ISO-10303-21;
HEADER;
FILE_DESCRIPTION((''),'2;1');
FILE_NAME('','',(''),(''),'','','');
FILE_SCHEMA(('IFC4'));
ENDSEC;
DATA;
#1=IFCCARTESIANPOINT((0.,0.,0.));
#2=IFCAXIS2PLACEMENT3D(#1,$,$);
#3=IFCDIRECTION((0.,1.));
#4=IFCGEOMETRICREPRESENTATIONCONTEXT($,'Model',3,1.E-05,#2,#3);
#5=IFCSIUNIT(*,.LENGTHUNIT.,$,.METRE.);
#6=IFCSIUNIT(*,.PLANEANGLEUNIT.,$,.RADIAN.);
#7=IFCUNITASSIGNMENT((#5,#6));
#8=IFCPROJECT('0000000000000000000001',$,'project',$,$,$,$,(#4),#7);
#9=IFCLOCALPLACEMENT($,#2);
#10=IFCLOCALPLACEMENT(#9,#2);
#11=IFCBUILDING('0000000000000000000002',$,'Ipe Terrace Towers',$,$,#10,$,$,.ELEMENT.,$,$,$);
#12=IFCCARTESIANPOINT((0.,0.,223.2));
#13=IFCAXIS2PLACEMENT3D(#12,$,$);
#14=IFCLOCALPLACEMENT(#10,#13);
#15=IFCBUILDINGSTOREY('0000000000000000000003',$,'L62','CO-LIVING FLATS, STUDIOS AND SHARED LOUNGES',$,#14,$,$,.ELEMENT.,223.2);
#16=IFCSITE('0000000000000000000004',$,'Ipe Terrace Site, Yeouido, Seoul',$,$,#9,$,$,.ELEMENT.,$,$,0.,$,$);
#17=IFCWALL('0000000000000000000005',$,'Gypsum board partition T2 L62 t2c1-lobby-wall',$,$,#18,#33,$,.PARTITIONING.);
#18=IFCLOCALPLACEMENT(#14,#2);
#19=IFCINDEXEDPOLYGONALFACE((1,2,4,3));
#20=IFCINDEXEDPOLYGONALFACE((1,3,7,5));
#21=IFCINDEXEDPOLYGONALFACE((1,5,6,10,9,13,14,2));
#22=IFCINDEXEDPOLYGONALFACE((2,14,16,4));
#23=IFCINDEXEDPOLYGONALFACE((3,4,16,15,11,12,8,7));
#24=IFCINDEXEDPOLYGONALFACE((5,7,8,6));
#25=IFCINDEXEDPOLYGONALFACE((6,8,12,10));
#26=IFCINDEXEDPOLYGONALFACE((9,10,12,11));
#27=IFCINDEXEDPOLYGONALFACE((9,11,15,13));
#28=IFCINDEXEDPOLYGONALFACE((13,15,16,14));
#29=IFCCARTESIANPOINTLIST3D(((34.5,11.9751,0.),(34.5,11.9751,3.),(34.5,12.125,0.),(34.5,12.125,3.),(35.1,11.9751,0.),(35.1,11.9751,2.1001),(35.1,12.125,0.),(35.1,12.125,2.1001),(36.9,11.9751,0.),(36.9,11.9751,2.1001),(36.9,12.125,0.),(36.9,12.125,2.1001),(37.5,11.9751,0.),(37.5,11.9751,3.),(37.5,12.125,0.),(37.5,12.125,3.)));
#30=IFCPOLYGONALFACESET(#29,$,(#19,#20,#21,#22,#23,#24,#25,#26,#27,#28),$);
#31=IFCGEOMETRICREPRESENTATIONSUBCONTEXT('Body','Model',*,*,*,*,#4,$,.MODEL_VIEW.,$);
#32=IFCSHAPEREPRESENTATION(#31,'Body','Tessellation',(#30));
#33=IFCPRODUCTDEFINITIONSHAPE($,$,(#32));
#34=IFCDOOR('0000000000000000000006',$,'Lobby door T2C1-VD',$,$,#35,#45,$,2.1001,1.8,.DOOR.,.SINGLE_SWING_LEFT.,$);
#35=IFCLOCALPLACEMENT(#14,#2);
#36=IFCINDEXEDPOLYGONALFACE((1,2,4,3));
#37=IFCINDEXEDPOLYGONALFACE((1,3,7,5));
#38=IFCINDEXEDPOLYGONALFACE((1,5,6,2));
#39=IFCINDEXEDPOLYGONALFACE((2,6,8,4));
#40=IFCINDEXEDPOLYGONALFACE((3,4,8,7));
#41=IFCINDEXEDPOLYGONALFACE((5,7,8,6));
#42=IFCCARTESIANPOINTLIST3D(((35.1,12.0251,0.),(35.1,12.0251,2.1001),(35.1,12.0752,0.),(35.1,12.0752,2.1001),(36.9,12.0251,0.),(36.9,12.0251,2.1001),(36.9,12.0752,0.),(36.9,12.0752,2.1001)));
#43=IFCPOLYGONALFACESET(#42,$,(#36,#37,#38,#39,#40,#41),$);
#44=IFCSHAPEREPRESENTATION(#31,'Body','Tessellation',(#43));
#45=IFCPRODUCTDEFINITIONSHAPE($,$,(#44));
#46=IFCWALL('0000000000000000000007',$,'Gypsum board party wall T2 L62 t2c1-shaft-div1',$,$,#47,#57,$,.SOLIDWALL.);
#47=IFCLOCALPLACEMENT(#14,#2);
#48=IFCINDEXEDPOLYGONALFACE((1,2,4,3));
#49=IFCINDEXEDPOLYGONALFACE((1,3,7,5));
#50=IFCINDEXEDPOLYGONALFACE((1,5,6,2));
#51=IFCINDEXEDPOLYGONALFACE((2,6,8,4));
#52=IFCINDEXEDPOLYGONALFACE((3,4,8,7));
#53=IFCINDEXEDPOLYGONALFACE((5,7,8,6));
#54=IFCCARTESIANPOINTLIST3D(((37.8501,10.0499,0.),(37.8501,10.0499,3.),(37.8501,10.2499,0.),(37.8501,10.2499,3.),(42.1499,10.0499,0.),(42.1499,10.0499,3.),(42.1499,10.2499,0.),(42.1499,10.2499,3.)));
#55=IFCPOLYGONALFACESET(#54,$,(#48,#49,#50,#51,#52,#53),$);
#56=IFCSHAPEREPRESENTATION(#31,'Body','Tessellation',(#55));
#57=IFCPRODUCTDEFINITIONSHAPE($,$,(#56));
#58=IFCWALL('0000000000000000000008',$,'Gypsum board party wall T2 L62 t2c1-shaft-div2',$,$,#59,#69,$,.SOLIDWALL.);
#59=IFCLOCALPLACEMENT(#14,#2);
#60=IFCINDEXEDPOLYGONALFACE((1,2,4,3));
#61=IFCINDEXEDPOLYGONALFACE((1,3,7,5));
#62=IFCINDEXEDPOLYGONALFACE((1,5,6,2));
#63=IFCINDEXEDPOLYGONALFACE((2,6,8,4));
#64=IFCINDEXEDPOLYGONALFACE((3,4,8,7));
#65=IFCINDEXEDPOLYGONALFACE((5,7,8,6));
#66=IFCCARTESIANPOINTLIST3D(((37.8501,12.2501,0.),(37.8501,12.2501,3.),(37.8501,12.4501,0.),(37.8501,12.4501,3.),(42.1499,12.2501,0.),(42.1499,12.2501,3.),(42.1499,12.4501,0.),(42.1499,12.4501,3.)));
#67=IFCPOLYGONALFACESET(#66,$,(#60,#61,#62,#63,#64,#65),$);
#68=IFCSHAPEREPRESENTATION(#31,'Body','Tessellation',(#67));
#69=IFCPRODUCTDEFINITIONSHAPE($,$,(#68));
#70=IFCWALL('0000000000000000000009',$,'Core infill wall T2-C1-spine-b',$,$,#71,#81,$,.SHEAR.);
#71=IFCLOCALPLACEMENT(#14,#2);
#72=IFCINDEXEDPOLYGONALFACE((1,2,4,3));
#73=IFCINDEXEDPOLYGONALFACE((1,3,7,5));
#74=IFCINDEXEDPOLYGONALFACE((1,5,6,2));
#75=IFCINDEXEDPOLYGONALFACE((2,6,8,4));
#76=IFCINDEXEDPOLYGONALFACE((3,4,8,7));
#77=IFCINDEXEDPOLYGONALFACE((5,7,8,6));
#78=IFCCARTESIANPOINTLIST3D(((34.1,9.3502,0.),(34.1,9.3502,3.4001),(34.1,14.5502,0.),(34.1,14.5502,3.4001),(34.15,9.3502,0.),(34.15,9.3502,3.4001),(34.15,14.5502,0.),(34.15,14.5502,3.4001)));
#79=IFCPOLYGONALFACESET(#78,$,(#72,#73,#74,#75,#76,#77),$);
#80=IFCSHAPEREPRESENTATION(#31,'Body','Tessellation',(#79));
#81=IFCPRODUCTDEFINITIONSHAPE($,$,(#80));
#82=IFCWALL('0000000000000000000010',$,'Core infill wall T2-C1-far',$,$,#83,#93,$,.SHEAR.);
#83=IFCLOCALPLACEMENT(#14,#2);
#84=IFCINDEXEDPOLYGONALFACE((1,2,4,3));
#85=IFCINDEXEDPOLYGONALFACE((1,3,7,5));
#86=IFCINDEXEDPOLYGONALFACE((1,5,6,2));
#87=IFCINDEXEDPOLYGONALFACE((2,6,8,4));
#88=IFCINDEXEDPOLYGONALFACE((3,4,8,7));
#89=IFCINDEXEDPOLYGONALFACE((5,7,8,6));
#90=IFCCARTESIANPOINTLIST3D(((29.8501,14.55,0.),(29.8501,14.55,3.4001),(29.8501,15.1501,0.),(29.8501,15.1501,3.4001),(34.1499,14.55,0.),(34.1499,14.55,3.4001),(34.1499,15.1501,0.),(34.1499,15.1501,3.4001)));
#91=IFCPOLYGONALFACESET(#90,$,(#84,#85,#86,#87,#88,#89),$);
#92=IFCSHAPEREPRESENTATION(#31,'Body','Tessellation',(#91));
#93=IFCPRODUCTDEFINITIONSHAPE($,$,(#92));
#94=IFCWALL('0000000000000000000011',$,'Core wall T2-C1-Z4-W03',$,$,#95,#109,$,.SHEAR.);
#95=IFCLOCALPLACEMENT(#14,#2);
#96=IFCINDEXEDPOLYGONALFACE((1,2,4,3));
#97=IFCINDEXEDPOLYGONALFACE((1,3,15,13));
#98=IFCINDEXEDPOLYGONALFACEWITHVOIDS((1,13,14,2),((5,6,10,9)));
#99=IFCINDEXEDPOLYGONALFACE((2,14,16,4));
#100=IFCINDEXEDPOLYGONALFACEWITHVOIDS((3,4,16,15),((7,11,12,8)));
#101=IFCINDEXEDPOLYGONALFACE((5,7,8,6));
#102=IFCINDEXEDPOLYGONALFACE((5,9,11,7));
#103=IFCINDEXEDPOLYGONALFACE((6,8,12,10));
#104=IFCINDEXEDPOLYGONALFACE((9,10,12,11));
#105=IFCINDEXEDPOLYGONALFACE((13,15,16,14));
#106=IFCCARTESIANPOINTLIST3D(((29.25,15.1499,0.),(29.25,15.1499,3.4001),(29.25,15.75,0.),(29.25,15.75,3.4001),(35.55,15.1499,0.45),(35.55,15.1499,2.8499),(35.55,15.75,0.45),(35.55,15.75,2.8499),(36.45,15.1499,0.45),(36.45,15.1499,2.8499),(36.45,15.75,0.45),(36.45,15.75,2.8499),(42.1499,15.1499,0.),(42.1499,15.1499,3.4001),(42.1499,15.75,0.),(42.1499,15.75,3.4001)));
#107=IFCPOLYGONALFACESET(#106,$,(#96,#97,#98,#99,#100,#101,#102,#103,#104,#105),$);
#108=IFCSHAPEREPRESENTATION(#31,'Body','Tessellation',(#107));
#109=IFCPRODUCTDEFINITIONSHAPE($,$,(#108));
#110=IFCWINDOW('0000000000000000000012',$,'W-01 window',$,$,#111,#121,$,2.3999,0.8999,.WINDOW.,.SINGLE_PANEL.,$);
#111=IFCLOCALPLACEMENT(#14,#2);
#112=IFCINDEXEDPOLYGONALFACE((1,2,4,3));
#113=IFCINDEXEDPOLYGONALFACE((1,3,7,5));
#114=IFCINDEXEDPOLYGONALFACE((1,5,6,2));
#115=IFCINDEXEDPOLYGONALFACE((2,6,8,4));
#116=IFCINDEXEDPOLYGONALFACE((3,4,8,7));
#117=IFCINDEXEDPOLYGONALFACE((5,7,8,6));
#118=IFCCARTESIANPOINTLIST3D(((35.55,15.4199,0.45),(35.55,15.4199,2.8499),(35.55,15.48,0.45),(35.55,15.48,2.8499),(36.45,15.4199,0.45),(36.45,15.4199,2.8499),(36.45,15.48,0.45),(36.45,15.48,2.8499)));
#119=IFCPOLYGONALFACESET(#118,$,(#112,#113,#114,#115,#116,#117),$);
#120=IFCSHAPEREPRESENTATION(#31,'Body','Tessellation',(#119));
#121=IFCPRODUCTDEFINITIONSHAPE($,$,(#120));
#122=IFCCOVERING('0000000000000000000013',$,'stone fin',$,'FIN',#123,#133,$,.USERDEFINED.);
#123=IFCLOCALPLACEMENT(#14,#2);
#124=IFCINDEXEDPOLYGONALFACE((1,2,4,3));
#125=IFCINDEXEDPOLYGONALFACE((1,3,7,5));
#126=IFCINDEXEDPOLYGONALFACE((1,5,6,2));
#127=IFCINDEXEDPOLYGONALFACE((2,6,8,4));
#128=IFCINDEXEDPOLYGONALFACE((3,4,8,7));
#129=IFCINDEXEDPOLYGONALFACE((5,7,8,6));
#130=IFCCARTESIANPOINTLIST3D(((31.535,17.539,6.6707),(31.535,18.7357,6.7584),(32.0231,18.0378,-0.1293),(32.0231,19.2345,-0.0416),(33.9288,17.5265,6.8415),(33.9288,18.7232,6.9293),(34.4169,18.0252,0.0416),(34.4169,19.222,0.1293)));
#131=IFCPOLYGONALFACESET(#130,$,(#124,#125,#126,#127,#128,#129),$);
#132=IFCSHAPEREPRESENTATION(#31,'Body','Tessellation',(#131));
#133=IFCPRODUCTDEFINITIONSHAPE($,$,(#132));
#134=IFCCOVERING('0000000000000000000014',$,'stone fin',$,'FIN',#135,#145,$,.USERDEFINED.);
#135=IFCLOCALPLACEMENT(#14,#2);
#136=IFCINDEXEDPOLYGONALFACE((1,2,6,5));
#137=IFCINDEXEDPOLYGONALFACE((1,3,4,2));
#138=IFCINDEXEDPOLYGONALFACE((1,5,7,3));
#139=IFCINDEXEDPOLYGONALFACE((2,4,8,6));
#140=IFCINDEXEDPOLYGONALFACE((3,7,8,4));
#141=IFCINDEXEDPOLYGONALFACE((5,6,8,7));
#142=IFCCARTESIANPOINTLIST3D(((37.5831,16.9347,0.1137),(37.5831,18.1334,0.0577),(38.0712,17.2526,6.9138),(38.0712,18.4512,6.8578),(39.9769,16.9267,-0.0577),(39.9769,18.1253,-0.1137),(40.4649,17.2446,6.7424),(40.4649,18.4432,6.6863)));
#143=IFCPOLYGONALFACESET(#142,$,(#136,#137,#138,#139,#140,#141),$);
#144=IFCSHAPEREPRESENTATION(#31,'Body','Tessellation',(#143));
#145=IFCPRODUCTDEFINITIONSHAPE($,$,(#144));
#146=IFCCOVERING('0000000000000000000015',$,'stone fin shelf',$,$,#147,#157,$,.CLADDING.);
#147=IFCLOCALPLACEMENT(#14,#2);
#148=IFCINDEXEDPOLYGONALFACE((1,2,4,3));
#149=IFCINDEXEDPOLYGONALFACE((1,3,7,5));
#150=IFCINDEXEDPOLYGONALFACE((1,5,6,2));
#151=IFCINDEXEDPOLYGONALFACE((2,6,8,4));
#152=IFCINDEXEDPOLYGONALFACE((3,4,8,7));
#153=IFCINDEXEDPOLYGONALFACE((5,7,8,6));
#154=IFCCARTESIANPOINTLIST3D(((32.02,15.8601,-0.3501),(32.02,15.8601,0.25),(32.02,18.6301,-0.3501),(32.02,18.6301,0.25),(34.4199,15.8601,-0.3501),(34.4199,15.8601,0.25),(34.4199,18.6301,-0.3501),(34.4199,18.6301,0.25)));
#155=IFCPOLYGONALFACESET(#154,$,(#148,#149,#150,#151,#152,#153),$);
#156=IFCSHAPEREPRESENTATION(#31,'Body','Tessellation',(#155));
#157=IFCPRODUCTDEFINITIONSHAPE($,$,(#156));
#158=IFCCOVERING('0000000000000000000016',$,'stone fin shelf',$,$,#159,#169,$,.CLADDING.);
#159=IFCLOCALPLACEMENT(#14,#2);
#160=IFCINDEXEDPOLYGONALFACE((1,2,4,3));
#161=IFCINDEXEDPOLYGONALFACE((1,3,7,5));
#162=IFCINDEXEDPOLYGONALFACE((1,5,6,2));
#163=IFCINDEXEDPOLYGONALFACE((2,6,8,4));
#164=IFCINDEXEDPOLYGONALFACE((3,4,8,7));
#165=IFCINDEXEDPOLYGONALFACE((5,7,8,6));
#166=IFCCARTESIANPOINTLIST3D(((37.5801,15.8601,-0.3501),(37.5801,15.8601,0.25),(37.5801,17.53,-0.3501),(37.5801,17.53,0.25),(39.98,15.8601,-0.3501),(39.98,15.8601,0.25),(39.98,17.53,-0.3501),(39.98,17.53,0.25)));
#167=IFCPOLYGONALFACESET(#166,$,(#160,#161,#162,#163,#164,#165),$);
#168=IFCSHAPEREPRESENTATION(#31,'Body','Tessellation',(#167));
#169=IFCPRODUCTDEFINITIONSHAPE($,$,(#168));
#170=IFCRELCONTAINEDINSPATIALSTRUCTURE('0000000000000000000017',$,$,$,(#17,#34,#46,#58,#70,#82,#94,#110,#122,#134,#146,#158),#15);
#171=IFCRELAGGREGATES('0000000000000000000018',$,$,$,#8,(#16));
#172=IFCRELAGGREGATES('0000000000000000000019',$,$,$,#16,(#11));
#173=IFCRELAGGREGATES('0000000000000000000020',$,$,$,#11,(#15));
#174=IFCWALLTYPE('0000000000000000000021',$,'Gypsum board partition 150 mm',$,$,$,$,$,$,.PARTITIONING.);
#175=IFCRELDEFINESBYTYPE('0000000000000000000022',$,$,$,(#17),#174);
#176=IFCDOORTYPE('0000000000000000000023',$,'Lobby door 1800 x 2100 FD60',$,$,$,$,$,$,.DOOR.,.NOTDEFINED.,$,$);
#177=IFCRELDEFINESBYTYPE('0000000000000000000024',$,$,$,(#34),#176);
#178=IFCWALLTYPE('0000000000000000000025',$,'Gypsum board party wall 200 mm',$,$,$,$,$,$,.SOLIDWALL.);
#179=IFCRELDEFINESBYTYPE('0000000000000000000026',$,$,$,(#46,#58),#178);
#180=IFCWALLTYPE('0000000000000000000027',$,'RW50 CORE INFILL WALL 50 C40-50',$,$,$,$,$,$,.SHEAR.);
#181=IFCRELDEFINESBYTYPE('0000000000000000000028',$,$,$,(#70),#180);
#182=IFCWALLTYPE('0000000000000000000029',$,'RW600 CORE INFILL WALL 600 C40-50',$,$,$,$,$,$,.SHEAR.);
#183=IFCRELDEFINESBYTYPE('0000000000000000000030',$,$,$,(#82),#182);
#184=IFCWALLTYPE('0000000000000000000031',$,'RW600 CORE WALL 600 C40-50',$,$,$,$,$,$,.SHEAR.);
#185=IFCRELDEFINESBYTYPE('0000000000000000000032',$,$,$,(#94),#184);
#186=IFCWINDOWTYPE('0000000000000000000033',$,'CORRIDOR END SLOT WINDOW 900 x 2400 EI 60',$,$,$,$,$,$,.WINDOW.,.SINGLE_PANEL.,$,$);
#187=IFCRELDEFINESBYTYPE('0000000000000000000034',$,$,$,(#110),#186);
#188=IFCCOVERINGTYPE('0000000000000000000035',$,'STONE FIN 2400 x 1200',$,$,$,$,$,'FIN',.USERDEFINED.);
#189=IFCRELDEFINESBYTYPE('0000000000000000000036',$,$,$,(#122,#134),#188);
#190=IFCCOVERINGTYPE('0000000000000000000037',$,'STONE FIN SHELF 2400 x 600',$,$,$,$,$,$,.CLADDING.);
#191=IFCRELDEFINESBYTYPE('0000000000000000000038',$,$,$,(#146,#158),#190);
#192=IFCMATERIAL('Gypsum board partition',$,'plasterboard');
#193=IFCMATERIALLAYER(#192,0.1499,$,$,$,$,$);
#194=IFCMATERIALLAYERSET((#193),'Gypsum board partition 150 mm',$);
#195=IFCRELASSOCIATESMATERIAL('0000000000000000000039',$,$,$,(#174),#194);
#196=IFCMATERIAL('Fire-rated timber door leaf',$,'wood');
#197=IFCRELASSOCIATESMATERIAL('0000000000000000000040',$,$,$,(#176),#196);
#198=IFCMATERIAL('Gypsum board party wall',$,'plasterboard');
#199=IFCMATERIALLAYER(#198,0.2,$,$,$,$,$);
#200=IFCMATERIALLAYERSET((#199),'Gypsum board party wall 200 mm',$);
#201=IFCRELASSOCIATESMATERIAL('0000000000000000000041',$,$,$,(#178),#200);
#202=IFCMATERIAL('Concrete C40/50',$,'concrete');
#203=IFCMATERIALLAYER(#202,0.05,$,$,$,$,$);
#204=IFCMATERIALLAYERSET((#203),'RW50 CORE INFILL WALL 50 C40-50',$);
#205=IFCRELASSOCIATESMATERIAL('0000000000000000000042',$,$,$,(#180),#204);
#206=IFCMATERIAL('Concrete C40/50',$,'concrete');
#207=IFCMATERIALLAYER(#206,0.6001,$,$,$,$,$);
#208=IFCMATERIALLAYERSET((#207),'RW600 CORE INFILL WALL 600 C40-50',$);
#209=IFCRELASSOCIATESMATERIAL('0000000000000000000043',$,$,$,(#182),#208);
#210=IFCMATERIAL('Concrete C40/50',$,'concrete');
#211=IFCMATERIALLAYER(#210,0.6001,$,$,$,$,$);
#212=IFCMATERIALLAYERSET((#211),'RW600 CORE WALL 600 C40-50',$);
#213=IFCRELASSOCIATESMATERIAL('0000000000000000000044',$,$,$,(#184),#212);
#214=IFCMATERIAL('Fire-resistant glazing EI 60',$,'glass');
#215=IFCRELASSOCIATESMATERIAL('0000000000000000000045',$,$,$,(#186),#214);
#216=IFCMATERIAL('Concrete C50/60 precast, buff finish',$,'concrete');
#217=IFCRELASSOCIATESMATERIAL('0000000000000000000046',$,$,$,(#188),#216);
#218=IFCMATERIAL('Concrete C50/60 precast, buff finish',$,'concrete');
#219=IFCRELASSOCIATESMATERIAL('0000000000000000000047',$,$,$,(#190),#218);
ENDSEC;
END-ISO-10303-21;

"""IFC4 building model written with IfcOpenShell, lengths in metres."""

from ifc_helpers import new_model, si_unit, direction, frame, frame_2d, origin, origin_2d, place, context, subcontext, project, spatial, rectangle, extrude, material, layer, layer_set, material_profile, profile_set, type_object, element, fill, save


model = new_model("IFC4")

# Units and contexts
model_context = context("Model", 3, precision=1e-05, world=origin(), true_north=direction((0.0, 1.0)))
body_context = subcontext(model_context, "Body", "Model", "MODEL_VIEW")
ifc_project = project(units=[si_unit("LENGTHUNIT", "METRE"), si_unit("PLANEANGLEUNIT", "RADIAN")], contexts=[model_context])

# Site, building, storey
site_placement = place(None, origin())
site = spatial("IfcSite", under=ifc_project, at=site_placement, Name="Ipe Terrace Site, Yeouido, Seoul", CompositionType="ELEMENT", RefElevation=0.0)
building_placement = place(site_placement, origin())
building = spatial("IfcBuilding", under=site, at=building_placement, Name="Ipe Terrace Towers", CompositionType="ELEMENT")
storey_placement = place(building_placement, frame((0.0, 0.0, 223.2)))
storey = spatial("IfcBuildingStorey", under=building, at=storey_placement, Name="L62", Description="CO-LIVING FLATS, STUDIOS AND SHARED LOUNGES", CompositionType="ELEMENT", Elevation=223.2)

# Wall, opening, door
ifc_material_1 = material(Name="Gypsum board partition", Category="plasterboard")
ifc_layer_1 = layer(ifc_material_1, 0.1499)
ifc_layer_set_1 = layer_set([ifc_layer_1], Name="Gypsum board partition 150 mm")
wall_type_1 = type_object("IfcWallType", Name="Gypsum board partition 150 mm", PredefinedType="PARTITIONING", material=ifc_layer_set_1)
wall_1_placement = place(storey_placement, frame((37.5, 12.05, 0.0), z_axis=(0.0, 0.0, 1.0), x_axis=(-1.0, 0.0, 0.0)))
wall_1 = element("IfcWall", 1, at=wall_1_placement, inside=storey, type_object=wall_type_1, Name="Gypsum board partition T2 L62 t2c1-lobby-wall", PredefinedType="PARTITIONING", context=body_context, shape_type="SweptSolid", body=[
    extrude(rectangle(XDim=3.0, YDim=0.1499, at=frame_2d((1.5, 0.0))), origin(), (0.0, 0.0, 1.0), 3.0),
])
opening_1_placement = place(wall_1_placement, frame((0.6001, 0.0, 0.0)))
opening_1 = element("IfcOpeningElement", 2, at=opening_1_placement, cuts=wall_1, PredefinedType="OPENING", context=body_context, shape_type="SweptSolid", body=[
    extrude(rectangle(XDim=1.8, YDim=2.1001, at=frame_2d((0.8999, 1.05))), frame((0.0, 0.085, 0.0), z_axis=(0.0, -1.0, 0.0), x_axis=(1.0, 0.0, 0.0)), (0.0, 0.0, 1.0), 0.1699),
])
ifc_material_2 = material(Name="Fire-rated timber door leaf", Category="wood")
door_type = type_object("IfcDoorType", Name="Lobby door 1800 x 2100 FD60", OperationType="NOTDEFINED", PredefinedType="DOOR", material=ifc_material_2)
door_placement = place(opening_1_placement, origin())
door = element("IfcDoor", 3, at=door_placement, inside=storey, type_object=door_type, Name="Lobby door T2C1-VD", OperationType="SINGLE_SWING_LEFT", OverallHeight=2.1001, OverallWidth=1.8, PredefinedType="DOOR", context=body_context, shape_type="SweptSolid", body=[
    extrude(rectangle(XDim=1.8, YDim=2.1001, at=frame_2d((0.8999, 1.05))), frame((0.0, 0.0249, 0.0), z_axis=(0.0, -1.0, 0.0), x_axis=(1.0, 0.0, 0.0)), (0.0, 0.0, 1.0), 0.05),
])
fill(opening_1, door)

# Walls
ifc_material_3 = material(Name="Gypsum board party wall", Category="plasterboard")
ifc_layer_2 = layer(ifc_material_3, 0.2)
ifc_layer_set_2 = layer_set([ifc_layer_2], Name="Gypsum board party wall 200 mm")
wall_type_2 = type_object("IfcWallType", Name="Gypsum board party wall 200 mm", PredefinedType="SOLIDWALL", material=ifc_layer_set_2)
for number, where, z_axis, x_axis, name in (
    (4, (42.1499, 10.1499, 0.0), (0.0, 0.0, 1.0), (-1.0, 0.0, 0.0), "Gypsum board party wall T2 L62 t2c1-shaft-div1"),
    (5, (42.1499, 12.3501, 0.0), (0.0, 0.0, 1.0), (-1.0, 0.0, 0.0), "Gypsum board party wall T2 L62 t2c1-shaft-div2"),
):
    element("IfcWall", number, at=place(storey_placement, frame(where, z_axis=z_axis, x_axis=x_axis)), inside=storey, type_object=wall_type_2, Name=name, PredefinedType="SOLIDWALL", context=body_context, shape_type="SweptSolid", body=[
        extrude(rectangle(XDim=4.2998, YDim=0.2, at=frame_2d((2.1499, 0.0))), origin(), (0.0, 0.0, 1.0), 3.0),
    ])
ifc_material_4 = material(Name="Concrete C40/50", Category="concrete")
ifc_layer_3 = layer(ifc_material_4, 0.05)
ifc_layer_set_3 = layer_set([ifc_layer_3], Name="RW50 CORE INFILL WALL 50 C40-50")
wall_type_3 = type_object("IfcWallType", Name="RW50 CORE INFILL WALL 50 C40-50", PredefinedType="SHEAR", material=ifc_layer_set_3)
wall_2_placement = place(storey_placement, frame((34.125, 9.3501, 0.0), z_axis=(0.0, 0.0, 1.0), x_axis=(0.0, 1.0, 0.0)))
element("IfcWall", 6, at=wall_2_placement, inside=storey, type_object=wall_type_3, Name="Core infill wall T2-C1-spine-b", PredefinedType="SHEAR", context=body_context, shape_type="SweptSolid", body=[
    extrude(rectangle(XDim=5.2, YDim=0.05, at=frame_2d((2.6001, 0.0))), origin(), (0.0, 0.0, 1.0), 3.4001),
])
ifc_material_5 = material(Name="Concrete C40/50", Category="concrete")
ifc_layer_4 = layer(ifc_material_5, 0.6001)
ifc_layer_set_4 = layer_set([ifc_layer_4], Name="RW600 CORE INFILL WALL 600 C40-50")
wall_type_4 = type_object("IfcWallType", Name="RW600 CORE INFILL WALL 600 C40-50", PredefinedType="SHEAR", material=ifc_layer_set_4)
wall_3_placement = place(storey_placement, frame((34.1499, 14.8501, 0.0), z_axis=(0.0, 0.0, 1.0), x_axis=(-1.0, 0.0, 0.0)))
element("IfcWall", 7, at=wall_3_placement, inside=storey, type_object=wall_type_4, Name="Core infill wall T2-C1-far", PredefinedType="SHEAR", context=body_context, shape_type="SweptSolid", body=[
    extrude(rectangle(XDim=4.2998, YDim=0.6001, at=frame_2d((2.1499, 0.0))), origin(), (0.0, 0.0, 1.0), 3.4001),
])

# Wall, opening, window
ifc_material_6 = material(Name="Concrete C40/50", Category="concrete")
ifc_layer_5 = layer(ifc_material_6, 0.6001)
ifc_layer_set_5 = layer_set([ifc_layer_5], Name="RW600 CORE WALL 600 C40-50")
wall_type_5 = type_object("IfcWallType", Name="RW600 CORE WALL 600 C40-50", PredefinedType="SHEAR", material=ifc_layer_set_5)
wall_4_placement = place(storey_placement, frame((42.1499, 15.45, 0.0), z_axis=(0.0, 0.0, 1.0), x_axis=(-1.0, 0.0, 0.0)))
wall_4 = element("IfcWall", 8, at=wall_4_placement, inside=storey, type_object=wall_type_5, Name="Core wall T2-C1-Z4-W03", PredefinedType="SHEAR", context=body_context, shape_type="SweptSolid", body=[
    extrude(rectangle(XDim=12.8999, YDim=0.6001, at=frame_2d((6.45, 0.0))), origin(), (0.0, 0.0, 1.0), 3.4001),
])
opening_2_placement = place(wall_4_placement, frame((5.7, 0.0, 0.45)))
opening_2 = element("IfcOpeningElement", 9, at=opening_2_placement, cuts=wall_4, PredefinedType="OPENING", context=body_context, shape_type="SweptSolid", body=[
    extrude(rectangle(XDim=0.8999, YDim=2.3999, at=frame_2d((0.45, 1.2))), frame((0.0, 0.3101, 0.0), z_axis=(0.0, -1.0, 0.0), x_axis=(1.0, 0.0, 0.0)), (0.0, 0.0, 1.0), 0.6201),
])
ifc_material_7 = material(Name="Fire-resistant glazing EI 60", Category="glass")
window_type = type_object("IfcWindowType", Name="CORRIDOR END SLOT WINDOW 900 x 2400 EI 60", PartitioningType="SINGLE_PANEL", PredefinedType="WINDOW", material=ifc_material_7)
window_placement = place(opening_2_placement, origin())
window = element("IfcWindow", 10, at=window_placement, inside=storey, type_object=window_type, Name="W-01 window", OverallHeight=2.3999, OverallWidth=0.8999, PartitioningType="SINGLE_PANEL", PredefinedType="WINDOW", context=body_context, shape_type="SweptSolid", body=[
    extrude(rectangle(XDim=0.8999, YDim=2.3999, at=frame_2d((0.45, 1.2))), frame((0.0, 0.03, 0.0), z_axis=(0.0, -1.0, 0.0), x_axis=(1.0, 0.0, 0.0)), (0.0, 0.0, 1.0), 0.0601),
])
fill(opening_2, window)

# Coverings
ifc_material_8 = material(Name="Concrete C50/60 precast, buff finish", Category="concrete")
ifc_material_profile = material_profile(ifc_material_8, rectangle(XDim=2.3999, YDim=1.2, at=origin_2d()), Name="STONE FIN 2400 x 1200")
ifc_profile_set = profile_set([ifc_material_profile], Name="Concrete C50/60 precast, buff finish")
covering_type_1 = type_object("IfcCoveringType", Name="STONE FIN 2400 x 1200", ElementType="FIN", PredefinedType="USERDEFINED", material=ifc_profile_set)
covering_1_placement = place(storey_placement, frame((33.22, 18.6299, 0.0), z_axis=(-0.071395, -0.072966, 0.994776), x_axis=(-0.997448, 0.005223, -0.071203)))
element("IfcCovering", 11, at=covering_1_placement, inside=storey, type_object=covering_type_1, Name="stone fin", ObjectType="FIN", PredefinedType="USERDEFINED", context=body_context, shape_type="SweptSolid", body=[
    extrude(rectangle(XDim=2.3999, YDim=1.2, at=origin_2d()), origin(), (0.0, 0.0, 1.0), 6.8357),
])
covering_2_placement = place(storey_placement, frame((38.78, 17.53, 0.0), z_axis=(0.071508, 0.046575, 0.996352), x_axis=(-0.99744, 0.003339, 0.07143)))
element("IfcCovering", 12, at=covering_2_placement, inside=storey, type_object=covering_type_1, Name="stone fin", ObjectType="FIN", PredefinedType="USERDEFINED", context=body_context, shape_type="SweptSolid", body=[
    extrude(rectangle(XDim=2.3999, YDim=1.2, at=origin_2d()), origin(), (0.0, 0.0, 1.0), 6.825),
])
ifc_material_9 = material(Name="Concrete C50/60 precast, buff finish", Category="concrete")
covering_type_2 = type_object("IfcCoveringType", Name="STONE FIN SHELF 2400 x 600", PredefinedType="CLADDING", material=ifc_material_9)
covering_3_placement = place(storey_placement, frame((33.22, 17.2451, -0.3501), z_axis=(0.0, 0.0, 1.0), x_axis=(-1.0, 0.0, 0.0)))
element("IfcCovering", 13, at=covering_3_placement, inside=storey, type_object=covering_type_2, Name="stone fin shelf", PredefinedType="CLADDING", context=body_context, shape_type="SweptSolid", body=[
    extrude(rectangle(XDim=2.3999, YDim=2.77, at=origin_2d()), origin(), (0.0, 0.0, 1.0), 0.6001),
])
covering_4_placement = place(storey_placement, frame((38.78, 16.6951, -0.3501), z_axis=(0.0, 0.0, 1.0), x_axis=(-1.0, 0.0, 0.0)))
element("IfcCovering", 14, at=covering_4_placement, inside=storey, type_object=covering_type_2, Name="stone fin shelf", PredefinedType="CLADDING", context=body_context, shape_type="SweptSolid", body=[
    extrude(rectangle(XDim=2.3999, YDim=1.6699, at=origin_2d()), origin(), (0.0, 0.0, 1.0), 0.6001),
])

save(model, "model.ifc")
